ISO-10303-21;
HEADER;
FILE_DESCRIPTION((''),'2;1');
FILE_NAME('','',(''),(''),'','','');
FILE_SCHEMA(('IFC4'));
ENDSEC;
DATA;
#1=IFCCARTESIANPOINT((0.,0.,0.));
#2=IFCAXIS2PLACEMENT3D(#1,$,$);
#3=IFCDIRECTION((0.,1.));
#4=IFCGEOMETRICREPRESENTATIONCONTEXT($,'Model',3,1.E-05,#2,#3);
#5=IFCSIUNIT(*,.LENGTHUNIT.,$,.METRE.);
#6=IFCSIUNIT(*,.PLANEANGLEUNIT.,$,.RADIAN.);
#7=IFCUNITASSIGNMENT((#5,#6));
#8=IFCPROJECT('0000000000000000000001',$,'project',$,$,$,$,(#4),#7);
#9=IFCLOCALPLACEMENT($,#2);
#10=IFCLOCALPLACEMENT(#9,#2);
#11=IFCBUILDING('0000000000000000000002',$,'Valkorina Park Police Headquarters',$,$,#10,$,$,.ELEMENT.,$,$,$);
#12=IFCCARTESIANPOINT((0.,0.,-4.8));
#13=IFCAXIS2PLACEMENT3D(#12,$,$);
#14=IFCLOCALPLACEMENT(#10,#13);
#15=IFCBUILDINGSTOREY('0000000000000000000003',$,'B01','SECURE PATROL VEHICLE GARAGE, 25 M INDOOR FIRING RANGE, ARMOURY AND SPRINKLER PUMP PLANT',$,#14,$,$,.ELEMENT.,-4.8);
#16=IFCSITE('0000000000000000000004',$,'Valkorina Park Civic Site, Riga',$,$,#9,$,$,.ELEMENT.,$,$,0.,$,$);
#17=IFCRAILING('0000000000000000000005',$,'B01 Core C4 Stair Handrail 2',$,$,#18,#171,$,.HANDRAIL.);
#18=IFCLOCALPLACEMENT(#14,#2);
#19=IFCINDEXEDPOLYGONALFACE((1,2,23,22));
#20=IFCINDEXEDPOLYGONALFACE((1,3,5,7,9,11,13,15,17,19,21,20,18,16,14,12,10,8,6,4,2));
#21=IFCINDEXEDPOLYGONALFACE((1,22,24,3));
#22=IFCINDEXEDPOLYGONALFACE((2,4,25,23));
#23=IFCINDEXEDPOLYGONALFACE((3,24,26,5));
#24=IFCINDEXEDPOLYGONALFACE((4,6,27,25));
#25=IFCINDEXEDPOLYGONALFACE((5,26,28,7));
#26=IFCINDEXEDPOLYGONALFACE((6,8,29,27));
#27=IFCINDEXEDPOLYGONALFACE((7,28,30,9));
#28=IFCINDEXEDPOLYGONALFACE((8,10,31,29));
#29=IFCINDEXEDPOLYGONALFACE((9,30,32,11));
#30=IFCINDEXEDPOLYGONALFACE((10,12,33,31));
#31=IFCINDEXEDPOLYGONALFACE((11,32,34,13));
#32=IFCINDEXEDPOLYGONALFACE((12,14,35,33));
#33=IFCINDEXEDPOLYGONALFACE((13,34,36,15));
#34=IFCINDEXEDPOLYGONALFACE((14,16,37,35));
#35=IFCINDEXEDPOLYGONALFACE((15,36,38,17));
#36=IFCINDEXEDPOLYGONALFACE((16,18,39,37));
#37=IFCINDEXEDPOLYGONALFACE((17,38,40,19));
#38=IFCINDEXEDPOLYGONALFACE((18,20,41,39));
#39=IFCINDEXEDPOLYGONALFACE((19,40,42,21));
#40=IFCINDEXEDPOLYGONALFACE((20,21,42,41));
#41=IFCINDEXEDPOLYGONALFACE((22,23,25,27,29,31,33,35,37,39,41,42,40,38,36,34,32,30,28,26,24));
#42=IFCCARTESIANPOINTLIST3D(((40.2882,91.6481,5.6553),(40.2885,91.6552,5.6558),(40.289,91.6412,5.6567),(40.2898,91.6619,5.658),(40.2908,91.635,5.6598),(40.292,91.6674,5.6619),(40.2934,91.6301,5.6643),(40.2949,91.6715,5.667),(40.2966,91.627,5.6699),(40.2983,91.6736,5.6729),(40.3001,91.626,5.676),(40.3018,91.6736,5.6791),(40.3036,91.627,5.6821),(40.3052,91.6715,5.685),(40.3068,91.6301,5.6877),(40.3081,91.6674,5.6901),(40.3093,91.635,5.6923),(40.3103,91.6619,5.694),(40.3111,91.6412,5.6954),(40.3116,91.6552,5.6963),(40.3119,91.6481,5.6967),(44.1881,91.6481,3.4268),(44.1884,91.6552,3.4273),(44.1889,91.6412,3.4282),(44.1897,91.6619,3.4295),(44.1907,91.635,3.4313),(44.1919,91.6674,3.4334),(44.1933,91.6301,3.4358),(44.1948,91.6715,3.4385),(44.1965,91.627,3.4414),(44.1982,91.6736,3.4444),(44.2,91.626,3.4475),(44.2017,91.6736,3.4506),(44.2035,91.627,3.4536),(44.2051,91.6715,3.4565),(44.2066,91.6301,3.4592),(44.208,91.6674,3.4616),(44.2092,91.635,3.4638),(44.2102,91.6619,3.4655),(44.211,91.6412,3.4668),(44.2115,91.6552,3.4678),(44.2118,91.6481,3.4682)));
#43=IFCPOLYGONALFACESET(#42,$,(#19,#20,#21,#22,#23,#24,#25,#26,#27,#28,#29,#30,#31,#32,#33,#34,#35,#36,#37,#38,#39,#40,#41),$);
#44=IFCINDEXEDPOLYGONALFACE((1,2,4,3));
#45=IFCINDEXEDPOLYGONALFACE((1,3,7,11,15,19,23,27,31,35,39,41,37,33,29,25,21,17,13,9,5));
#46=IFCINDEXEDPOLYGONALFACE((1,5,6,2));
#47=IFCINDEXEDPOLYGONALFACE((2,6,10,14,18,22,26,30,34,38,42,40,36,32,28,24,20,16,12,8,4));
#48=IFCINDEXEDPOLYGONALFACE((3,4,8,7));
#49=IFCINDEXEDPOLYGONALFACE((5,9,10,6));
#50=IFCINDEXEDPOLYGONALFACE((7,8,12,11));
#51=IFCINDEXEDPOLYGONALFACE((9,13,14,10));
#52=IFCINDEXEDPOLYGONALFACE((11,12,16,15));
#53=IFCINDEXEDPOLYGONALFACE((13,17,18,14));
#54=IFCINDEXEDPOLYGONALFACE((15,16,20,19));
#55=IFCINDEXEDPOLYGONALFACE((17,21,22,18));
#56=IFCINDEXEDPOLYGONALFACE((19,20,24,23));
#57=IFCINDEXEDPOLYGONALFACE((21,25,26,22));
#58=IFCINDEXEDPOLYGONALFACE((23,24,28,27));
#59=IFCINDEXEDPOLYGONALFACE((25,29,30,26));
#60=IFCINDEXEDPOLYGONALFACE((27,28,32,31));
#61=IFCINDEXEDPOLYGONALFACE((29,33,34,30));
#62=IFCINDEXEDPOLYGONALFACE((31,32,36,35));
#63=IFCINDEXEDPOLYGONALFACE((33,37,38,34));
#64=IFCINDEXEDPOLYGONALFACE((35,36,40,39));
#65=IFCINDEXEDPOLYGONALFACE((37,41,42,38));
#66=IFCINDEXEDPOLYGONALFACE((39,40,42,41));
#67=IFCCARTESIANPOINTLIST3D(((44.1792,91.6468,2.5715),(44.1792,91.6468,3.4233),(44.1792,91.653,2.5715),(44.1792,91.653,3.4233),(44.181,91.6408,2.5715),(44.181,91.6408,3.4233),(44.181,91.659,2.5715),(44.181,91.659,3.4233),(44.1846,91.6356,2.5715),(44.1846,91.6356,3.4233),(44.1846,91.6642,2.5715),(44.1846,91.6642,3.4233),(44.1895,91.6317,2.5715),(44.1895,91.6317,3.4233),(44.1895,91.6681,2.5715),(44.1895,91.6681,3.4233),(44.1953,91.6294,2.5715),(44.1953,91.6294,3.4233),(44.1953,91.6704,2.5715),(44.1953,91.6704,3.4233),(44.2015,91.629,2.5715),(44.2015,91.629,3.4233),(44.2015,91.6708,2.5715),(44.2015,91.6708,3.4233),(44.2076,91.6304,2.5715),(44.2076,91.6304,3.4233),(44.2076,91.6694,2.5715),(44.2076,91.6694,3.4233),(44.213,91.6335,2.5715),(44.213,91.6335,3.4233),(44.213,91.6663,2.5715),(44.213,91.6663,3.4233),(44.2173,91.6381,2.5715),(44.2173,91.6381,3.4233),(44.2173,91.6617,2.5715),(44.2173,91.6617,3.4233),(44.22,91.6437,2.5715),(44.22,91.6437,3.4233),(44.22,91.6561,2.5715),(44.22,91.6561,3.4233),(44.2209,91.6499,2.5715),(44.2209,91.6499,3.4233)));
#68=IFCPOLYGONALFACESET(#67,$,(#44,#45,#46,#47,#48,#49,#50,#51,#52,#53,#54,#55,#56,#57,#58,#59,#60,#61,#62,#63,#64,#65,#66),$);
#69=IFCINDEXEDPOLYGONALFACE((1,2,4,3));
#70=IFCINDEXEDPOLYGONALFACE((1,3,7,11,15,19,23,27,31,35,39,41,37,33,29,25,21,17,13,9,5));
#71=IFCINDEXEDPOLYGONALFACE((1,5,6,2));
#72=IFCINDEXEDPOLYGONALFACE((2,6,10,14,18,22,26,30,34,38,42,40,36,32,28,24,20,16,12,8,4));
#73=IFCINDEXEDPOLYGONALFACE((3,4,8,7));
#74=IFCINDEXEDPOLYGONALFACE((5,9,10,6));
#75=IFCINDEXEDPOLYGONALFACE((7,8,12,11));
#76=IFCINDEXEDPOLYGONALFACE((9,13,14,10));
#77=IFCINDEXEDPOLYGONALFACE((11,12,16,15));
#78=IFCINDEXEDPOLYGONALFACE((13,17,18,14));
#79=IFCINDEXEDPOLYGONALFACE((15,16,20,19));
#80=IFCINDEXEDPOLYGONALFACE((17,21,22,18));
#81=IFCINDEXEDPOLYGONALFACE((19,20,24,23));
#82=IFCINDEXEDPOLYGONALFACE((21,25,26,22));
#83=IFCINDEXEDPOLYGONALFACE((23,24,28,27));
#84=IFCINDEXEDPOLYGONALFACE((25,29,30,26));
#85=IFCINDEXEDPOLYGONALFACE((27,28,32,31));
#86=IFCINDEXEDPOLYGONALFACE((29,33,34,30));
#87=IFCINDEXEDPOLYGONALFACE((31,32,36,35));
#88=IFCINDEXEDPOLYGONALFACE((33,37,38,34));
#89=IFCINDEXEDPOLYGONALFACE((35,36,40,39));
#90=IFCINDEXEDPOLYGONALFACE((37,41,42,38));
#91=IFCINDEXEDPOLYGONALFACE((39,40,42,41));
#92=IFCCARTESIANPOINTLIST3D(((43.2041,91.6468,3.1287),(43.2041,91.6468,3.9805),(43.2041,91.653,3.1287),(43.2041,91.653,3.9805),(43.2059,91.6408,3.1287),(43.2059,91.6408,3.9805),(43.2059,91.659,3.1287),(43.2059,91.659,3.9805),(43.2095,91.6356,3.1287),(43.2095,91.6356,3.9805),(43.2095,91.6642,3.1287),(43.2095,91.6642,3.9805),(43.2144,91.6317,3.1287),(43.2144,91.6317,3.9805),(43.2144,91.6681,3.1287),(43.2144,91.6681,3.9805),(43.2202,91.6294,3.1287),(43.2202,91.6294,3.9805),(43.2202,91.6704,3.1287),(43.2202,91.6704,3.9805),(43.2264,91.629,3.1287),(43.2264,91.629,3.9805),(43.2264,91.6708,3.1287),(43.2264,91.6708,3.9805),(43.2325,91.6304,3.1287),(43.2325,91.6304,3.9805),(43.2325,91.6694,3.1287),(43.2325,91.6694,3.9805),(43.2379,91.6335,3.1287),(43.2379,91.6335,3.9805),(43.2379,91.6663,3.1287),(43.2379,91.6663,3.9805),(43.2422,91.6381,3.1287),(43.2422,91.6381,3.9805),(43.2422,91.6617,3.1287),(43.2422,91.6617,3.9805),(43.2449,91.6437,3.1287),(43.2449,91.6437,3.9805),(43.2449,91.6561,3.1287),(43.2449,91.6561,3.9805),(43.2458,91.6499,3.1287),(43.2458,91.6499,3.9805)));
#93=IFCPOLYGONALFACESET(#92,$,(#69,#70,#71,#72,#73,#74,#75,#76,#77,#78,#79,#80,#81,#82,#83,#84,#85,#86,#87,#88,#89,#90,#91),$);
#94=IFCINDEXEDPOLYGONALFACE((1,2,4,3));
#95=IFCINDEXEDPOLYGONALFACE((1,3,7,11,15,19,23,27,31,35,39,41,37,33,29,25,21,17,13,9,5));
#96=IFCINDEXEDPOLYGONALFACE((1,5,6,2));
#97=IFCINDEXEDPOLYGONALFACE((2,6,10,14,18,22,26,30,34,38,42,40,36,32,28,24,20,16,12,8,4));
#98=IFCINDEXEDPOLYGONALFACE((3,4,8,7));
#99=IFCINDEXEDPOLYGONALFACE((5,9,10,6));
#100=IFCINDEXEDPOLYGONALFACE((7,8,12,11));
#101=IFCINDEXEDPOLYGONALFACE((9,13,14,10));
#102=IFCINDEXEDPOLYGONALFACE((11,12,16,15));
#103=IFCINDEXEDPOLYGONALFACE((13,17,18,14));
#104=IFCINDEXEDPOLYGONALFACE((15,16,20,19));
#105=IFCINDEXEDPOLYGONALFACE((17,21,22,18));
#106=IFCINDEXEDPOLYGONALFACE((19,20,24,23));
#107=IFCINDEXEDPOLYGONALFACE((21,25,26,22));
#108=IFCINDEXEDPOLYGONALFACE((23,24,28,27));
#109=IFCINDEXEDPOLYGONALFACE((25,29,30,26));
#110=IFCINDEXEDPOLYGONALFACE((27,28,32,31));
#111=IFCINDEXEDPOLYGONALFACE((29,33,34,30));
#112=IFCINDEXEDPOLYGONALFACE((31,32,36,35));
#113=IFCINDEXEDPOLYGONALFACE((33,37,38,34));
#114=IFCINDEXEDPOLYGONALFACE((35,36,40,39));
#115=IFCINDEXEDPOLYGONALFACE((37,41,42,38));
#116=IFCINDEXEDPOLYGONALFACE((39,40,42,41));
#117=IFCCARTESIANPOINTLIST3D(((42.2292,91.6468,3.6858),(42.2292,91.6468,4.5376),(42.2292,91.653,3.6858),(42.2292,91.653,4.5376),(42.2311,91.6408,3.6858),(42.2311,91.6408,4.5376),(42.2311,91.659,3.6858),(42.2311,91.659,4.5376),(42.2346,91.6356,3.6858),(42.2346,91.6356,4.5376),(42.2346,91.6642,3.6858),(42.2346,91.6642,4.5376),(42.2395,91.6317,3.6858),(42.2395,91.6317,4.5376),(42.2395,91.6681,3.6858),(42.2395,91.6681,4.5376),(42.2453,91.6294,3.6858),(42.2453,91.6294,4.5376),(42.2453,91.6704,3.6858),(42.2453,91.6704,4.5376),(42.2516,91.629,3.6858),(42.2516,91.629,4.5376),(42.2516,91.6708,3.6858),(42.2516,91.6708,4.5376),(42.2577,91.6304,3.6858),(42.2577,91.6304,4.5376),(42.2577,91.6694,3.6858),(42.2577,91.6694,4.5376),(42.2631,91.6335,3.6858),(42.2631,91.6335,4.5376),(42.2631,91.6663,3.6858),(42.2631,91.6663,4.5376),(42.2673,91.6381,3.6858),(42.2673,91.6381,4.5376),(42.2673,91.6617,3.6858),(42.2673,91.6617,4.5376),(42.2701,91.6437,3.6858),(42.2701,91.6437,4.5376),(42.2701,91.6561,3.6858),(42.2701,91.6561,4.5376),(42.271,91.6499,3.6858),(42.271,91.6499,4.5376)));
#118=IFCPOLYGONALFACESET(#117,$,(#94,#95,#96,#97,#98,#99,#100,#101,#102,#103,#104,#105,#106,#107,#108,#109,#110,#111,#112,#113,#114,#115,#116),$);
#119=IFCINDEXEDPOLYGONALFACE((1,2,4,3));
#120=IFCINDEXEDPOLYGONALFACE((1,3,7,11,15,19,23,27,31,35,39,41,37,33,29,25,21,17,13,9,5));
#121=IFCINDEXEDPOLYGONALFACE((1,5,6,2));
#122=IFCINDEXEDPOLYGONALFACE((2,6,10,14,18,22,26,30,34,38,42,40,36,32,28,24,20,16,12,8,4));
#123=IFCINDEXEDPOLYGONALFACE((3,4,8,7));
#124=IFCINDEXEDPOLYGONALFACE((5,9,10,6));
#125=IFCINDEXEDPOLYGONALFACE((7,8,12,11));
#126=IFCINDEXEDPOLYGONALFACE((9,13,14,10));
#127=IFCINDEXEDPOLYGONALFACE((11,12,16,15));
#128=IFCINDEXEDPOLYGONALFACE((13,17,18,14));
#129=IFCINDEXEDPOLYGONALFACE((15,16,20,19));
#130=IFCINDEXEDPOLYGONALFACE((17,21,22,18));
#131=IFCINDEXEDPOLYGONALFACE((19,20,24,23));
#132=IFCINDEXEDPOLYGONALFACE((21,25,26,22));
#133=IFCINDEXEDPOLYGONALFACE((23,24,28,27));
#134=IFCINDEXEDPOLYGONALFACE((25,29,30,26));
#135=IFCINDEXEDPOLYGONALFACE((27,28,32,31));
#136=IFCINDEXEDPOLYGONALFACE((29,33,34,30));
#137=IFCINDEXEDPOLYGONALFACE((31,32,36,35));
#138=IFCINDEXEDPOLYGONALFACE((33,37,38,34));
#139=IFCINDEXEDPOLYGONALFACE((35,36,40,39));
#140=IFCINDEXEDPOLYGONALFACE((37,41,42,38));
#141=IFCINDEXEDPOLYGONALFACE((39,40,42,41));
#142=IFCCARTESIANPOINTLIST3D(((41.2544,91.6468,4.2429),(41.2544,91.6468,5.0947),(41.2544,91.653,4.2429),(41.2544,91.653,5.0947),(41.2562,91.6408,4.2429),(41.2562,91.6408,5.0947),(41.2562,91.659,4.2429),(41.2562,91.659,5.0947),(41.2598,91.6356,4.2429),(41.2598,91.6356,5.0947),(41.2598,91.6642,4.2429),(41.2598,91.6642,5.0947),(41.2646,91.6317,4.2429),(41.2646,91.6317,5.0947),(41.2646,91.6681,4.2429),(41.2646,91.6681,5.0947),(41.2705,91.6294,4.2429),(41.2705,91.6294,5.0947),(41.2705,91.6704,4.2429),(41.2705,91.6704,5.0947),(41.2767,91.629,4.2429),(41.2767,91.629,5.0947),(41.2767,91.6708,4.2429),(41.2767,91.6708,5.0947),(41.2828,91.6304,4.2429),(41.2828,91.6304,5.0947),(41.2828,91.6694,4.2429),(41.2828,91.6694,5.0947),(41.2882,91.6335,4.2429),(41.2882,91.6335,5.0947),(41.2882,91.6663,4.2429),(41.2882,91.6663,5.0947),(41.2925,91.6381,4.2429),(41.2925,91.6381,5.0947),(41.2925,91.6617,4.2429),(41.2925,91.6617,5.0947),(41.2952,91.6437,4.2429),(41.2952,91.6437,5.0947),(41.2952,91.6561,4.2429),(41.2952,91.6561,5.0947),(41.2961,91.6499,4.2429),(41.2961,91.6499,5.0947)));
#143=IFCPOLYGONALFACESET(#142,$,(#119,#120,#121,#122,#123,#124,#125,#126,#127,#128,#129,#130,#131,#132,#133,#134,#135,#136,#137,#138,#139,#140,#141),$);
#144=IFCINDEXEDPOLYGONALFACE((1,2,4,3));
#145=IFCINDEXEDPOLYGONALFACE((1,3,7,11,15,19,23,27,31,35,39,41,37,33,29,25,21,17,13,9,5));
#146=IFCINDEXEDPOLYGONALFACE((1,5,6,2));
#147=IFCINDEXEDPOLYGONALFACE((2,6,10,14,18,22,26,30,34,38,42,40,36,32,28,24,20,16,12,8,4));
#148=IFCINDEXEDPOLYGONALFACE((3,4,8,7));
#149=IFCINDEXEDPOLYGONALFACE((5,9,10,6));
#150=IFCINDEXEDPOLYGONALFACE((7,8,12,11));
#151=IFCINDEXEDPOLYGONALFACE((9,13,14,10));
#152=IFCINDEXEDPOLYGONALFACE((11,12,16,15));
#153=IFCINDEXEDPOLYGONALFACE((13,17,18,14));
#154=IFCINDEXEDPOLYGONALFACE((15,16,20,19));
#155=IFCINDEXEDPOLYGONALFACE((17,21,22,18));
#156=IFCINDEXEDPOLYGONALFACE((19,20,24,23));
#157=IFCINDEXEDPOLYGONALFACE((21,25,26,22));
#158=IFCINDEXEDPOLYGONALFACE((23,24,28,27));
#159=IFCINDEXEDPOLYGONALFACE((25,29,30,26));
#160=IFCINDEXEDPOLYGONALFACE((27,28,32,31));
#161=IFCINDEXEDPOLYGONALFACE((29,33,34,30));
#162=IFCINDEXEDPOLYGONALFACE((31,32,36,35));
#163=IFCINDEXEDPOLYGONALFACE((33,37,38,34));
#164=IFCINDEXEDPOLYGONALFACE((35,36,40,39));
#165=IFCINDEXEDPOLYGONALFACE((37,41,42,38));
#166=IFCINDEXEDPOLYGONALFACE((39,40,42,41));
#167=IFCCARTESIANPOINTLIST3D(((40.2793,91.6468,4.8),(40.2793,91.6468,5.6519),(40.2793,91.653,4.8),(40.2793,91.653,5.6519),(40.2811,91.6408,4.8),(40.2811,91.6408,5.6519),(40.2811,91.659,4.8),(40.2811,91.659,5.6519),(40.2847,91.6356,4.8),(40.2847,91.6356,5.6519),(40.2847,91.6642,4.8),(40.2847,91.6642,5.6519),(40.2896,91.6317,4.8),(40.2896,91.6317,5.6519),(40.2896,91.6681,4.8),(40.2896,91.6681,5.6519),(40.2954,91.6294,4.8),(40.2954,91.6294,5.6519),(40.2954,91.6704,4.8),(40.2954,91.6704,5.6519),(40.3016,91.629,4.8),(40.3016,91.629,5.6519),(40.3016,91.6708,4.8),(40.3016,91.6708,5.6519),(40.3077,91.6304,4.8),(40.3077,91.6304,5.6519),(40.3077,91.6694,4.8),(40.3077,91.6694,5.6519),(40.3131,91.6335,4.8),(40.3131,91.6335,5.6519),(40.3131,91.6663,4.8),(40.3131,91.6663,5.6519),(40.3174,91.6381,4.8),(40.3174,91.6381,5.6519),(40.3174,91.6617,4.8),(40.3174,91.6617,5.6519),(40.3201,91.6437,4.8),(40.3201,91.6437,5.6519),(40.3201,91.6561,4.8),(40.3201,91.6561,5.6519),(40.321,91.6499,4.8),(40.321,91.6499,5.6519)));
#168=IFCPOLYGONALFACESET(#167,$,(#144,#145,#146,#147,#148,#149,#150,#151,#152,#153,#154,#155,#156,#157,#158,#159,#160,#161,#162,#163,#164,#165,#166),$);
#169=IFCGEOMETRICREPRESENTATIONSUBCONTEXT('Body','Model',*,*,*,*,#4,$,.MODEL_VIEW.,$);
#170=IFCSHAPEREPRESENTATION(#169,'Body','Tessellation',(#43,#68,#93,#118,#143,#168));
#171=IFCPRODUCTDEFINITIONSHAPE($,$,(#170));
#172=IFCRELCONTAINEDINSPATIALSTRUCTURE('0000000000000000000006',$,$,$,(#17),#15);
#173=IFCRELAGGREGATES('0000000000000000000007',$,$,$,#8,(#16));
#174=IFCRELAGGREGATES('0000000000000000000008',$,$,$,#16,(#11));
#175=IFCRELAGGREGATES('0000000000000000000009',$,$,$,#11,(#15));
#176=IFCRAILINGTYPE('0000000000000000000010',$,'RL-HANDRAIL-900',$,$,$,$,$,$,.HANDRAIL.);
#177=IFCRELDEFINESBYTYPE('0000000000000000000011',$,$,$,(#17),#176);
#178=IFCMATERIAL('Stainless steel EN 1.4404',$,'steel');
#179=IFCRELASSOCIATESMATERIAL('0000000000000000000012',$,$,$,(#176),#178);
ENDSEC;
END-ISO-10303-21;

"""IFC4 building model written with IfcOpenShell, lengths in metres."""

from ifc_helpers import new_model, si_unit, direction, frame, origin, origin_2d, place, context, subcontext, project, spatial, circle, extrude, material, type_object, element, save


model = new_model("IFC4")

# Units and contexts
model_context = context("Model", 3, precision=1e-05, world=origin(), true_north=direction((0.0, 1.0)))
body_context = subcontext(model_context, "Body", "Model", "MODEL_VIEW")
ifc_project = project(units=[si_unit("LENGTHUNIT", "METRE"), si_unit("PLANEANGLEUNIT", "RADIAN")], contexts=[model_context])

# Site, building, storey
site_placement = place(None, origin())
site = spatial("IfcSite", under=ifc_project, at=site_placement, Name="Valkorina Park Civic Site, Riga", CompositionType="ELEMENT", RefElevation=0.0)
building_placement = place(site_placement, origin())
building = spatial("IfcBuilding", under=site, at=building_placement, Name="Valkorina Park Police Headquarters", CompositionType="ELEMENT")
storey_placement = place(building_placement, frame((0.0, 0.0, -4.8)))
storey = spatial("IfcBuildingStorey", under=building, at=storey_placement, Name="B01", Description="SECURE PATROL VEHICLE GARAGE, 25 M INDOOR FIRING RANGE, ARMOURY AND SPRINKLER PUMP PLANT", CompositionType="ELEMENT", Elevation=-4.8)

# Shared definitions
ifc_material_1 = material(Name="Stainless steel EN 1.4404", Category="steel")

# Railing
railing_type_1 = type_object("IfcRailingType", Name="RL-HANDRAIL-900", PredefinedType="HANDRAIL", material=ifc_material_1)
railing_1_placement = place(storey_placement, frame((44.2, 91.6499, 2.5715)))
element("IfcRailing", 1, at=railing_1_placement, inside=storey, type_object=railing_type_1, Name="B01 Core C4 Stair Handrail 2", PredefinedType="HANDRAIL", context=body_context, shape_type="SweptSolid", body=[
    extrude(circle(Radius=0.0239, at=origin_2d()), frame((0.0, 0.0, 0.876), z_axis=(-0.868243, 0.0, 0.496139), x_axis=(0.0, -1.0, 0.0)), (0.0, 0.0, 1.0), 4.4917),
    extrude(circle(Radius=0.021, at=origin_2d()), origin(), (0.0, 0.0, 1.0), 0.8518),
    extrude(circle(Radius=0.021, at=origin_2d()), frame((-0.9751, 0.0, 0.5571)), (0.0, 0.0, 1.0), 0.8518),
    extrude(circle(Radius=0.021, at=origin_2d()), frame((-1.95, 0.0, 1.1143)), (0.0, 0.0, 1.0), 0.8518),
    extrude(circle(Radius=0.021, at=origin_2d()), frame((-2.9248, 0.0, 1.6714)), (0.0, 0.0, 1.0), 0.8518),
    extrude(circle(Radius=0.021, at=origin_2d()), frame((-3.8999, 0.0, 2.2285)), (0.0, 0.0, 1.0), 0.8518),
])

save(model, "model.ifc")
